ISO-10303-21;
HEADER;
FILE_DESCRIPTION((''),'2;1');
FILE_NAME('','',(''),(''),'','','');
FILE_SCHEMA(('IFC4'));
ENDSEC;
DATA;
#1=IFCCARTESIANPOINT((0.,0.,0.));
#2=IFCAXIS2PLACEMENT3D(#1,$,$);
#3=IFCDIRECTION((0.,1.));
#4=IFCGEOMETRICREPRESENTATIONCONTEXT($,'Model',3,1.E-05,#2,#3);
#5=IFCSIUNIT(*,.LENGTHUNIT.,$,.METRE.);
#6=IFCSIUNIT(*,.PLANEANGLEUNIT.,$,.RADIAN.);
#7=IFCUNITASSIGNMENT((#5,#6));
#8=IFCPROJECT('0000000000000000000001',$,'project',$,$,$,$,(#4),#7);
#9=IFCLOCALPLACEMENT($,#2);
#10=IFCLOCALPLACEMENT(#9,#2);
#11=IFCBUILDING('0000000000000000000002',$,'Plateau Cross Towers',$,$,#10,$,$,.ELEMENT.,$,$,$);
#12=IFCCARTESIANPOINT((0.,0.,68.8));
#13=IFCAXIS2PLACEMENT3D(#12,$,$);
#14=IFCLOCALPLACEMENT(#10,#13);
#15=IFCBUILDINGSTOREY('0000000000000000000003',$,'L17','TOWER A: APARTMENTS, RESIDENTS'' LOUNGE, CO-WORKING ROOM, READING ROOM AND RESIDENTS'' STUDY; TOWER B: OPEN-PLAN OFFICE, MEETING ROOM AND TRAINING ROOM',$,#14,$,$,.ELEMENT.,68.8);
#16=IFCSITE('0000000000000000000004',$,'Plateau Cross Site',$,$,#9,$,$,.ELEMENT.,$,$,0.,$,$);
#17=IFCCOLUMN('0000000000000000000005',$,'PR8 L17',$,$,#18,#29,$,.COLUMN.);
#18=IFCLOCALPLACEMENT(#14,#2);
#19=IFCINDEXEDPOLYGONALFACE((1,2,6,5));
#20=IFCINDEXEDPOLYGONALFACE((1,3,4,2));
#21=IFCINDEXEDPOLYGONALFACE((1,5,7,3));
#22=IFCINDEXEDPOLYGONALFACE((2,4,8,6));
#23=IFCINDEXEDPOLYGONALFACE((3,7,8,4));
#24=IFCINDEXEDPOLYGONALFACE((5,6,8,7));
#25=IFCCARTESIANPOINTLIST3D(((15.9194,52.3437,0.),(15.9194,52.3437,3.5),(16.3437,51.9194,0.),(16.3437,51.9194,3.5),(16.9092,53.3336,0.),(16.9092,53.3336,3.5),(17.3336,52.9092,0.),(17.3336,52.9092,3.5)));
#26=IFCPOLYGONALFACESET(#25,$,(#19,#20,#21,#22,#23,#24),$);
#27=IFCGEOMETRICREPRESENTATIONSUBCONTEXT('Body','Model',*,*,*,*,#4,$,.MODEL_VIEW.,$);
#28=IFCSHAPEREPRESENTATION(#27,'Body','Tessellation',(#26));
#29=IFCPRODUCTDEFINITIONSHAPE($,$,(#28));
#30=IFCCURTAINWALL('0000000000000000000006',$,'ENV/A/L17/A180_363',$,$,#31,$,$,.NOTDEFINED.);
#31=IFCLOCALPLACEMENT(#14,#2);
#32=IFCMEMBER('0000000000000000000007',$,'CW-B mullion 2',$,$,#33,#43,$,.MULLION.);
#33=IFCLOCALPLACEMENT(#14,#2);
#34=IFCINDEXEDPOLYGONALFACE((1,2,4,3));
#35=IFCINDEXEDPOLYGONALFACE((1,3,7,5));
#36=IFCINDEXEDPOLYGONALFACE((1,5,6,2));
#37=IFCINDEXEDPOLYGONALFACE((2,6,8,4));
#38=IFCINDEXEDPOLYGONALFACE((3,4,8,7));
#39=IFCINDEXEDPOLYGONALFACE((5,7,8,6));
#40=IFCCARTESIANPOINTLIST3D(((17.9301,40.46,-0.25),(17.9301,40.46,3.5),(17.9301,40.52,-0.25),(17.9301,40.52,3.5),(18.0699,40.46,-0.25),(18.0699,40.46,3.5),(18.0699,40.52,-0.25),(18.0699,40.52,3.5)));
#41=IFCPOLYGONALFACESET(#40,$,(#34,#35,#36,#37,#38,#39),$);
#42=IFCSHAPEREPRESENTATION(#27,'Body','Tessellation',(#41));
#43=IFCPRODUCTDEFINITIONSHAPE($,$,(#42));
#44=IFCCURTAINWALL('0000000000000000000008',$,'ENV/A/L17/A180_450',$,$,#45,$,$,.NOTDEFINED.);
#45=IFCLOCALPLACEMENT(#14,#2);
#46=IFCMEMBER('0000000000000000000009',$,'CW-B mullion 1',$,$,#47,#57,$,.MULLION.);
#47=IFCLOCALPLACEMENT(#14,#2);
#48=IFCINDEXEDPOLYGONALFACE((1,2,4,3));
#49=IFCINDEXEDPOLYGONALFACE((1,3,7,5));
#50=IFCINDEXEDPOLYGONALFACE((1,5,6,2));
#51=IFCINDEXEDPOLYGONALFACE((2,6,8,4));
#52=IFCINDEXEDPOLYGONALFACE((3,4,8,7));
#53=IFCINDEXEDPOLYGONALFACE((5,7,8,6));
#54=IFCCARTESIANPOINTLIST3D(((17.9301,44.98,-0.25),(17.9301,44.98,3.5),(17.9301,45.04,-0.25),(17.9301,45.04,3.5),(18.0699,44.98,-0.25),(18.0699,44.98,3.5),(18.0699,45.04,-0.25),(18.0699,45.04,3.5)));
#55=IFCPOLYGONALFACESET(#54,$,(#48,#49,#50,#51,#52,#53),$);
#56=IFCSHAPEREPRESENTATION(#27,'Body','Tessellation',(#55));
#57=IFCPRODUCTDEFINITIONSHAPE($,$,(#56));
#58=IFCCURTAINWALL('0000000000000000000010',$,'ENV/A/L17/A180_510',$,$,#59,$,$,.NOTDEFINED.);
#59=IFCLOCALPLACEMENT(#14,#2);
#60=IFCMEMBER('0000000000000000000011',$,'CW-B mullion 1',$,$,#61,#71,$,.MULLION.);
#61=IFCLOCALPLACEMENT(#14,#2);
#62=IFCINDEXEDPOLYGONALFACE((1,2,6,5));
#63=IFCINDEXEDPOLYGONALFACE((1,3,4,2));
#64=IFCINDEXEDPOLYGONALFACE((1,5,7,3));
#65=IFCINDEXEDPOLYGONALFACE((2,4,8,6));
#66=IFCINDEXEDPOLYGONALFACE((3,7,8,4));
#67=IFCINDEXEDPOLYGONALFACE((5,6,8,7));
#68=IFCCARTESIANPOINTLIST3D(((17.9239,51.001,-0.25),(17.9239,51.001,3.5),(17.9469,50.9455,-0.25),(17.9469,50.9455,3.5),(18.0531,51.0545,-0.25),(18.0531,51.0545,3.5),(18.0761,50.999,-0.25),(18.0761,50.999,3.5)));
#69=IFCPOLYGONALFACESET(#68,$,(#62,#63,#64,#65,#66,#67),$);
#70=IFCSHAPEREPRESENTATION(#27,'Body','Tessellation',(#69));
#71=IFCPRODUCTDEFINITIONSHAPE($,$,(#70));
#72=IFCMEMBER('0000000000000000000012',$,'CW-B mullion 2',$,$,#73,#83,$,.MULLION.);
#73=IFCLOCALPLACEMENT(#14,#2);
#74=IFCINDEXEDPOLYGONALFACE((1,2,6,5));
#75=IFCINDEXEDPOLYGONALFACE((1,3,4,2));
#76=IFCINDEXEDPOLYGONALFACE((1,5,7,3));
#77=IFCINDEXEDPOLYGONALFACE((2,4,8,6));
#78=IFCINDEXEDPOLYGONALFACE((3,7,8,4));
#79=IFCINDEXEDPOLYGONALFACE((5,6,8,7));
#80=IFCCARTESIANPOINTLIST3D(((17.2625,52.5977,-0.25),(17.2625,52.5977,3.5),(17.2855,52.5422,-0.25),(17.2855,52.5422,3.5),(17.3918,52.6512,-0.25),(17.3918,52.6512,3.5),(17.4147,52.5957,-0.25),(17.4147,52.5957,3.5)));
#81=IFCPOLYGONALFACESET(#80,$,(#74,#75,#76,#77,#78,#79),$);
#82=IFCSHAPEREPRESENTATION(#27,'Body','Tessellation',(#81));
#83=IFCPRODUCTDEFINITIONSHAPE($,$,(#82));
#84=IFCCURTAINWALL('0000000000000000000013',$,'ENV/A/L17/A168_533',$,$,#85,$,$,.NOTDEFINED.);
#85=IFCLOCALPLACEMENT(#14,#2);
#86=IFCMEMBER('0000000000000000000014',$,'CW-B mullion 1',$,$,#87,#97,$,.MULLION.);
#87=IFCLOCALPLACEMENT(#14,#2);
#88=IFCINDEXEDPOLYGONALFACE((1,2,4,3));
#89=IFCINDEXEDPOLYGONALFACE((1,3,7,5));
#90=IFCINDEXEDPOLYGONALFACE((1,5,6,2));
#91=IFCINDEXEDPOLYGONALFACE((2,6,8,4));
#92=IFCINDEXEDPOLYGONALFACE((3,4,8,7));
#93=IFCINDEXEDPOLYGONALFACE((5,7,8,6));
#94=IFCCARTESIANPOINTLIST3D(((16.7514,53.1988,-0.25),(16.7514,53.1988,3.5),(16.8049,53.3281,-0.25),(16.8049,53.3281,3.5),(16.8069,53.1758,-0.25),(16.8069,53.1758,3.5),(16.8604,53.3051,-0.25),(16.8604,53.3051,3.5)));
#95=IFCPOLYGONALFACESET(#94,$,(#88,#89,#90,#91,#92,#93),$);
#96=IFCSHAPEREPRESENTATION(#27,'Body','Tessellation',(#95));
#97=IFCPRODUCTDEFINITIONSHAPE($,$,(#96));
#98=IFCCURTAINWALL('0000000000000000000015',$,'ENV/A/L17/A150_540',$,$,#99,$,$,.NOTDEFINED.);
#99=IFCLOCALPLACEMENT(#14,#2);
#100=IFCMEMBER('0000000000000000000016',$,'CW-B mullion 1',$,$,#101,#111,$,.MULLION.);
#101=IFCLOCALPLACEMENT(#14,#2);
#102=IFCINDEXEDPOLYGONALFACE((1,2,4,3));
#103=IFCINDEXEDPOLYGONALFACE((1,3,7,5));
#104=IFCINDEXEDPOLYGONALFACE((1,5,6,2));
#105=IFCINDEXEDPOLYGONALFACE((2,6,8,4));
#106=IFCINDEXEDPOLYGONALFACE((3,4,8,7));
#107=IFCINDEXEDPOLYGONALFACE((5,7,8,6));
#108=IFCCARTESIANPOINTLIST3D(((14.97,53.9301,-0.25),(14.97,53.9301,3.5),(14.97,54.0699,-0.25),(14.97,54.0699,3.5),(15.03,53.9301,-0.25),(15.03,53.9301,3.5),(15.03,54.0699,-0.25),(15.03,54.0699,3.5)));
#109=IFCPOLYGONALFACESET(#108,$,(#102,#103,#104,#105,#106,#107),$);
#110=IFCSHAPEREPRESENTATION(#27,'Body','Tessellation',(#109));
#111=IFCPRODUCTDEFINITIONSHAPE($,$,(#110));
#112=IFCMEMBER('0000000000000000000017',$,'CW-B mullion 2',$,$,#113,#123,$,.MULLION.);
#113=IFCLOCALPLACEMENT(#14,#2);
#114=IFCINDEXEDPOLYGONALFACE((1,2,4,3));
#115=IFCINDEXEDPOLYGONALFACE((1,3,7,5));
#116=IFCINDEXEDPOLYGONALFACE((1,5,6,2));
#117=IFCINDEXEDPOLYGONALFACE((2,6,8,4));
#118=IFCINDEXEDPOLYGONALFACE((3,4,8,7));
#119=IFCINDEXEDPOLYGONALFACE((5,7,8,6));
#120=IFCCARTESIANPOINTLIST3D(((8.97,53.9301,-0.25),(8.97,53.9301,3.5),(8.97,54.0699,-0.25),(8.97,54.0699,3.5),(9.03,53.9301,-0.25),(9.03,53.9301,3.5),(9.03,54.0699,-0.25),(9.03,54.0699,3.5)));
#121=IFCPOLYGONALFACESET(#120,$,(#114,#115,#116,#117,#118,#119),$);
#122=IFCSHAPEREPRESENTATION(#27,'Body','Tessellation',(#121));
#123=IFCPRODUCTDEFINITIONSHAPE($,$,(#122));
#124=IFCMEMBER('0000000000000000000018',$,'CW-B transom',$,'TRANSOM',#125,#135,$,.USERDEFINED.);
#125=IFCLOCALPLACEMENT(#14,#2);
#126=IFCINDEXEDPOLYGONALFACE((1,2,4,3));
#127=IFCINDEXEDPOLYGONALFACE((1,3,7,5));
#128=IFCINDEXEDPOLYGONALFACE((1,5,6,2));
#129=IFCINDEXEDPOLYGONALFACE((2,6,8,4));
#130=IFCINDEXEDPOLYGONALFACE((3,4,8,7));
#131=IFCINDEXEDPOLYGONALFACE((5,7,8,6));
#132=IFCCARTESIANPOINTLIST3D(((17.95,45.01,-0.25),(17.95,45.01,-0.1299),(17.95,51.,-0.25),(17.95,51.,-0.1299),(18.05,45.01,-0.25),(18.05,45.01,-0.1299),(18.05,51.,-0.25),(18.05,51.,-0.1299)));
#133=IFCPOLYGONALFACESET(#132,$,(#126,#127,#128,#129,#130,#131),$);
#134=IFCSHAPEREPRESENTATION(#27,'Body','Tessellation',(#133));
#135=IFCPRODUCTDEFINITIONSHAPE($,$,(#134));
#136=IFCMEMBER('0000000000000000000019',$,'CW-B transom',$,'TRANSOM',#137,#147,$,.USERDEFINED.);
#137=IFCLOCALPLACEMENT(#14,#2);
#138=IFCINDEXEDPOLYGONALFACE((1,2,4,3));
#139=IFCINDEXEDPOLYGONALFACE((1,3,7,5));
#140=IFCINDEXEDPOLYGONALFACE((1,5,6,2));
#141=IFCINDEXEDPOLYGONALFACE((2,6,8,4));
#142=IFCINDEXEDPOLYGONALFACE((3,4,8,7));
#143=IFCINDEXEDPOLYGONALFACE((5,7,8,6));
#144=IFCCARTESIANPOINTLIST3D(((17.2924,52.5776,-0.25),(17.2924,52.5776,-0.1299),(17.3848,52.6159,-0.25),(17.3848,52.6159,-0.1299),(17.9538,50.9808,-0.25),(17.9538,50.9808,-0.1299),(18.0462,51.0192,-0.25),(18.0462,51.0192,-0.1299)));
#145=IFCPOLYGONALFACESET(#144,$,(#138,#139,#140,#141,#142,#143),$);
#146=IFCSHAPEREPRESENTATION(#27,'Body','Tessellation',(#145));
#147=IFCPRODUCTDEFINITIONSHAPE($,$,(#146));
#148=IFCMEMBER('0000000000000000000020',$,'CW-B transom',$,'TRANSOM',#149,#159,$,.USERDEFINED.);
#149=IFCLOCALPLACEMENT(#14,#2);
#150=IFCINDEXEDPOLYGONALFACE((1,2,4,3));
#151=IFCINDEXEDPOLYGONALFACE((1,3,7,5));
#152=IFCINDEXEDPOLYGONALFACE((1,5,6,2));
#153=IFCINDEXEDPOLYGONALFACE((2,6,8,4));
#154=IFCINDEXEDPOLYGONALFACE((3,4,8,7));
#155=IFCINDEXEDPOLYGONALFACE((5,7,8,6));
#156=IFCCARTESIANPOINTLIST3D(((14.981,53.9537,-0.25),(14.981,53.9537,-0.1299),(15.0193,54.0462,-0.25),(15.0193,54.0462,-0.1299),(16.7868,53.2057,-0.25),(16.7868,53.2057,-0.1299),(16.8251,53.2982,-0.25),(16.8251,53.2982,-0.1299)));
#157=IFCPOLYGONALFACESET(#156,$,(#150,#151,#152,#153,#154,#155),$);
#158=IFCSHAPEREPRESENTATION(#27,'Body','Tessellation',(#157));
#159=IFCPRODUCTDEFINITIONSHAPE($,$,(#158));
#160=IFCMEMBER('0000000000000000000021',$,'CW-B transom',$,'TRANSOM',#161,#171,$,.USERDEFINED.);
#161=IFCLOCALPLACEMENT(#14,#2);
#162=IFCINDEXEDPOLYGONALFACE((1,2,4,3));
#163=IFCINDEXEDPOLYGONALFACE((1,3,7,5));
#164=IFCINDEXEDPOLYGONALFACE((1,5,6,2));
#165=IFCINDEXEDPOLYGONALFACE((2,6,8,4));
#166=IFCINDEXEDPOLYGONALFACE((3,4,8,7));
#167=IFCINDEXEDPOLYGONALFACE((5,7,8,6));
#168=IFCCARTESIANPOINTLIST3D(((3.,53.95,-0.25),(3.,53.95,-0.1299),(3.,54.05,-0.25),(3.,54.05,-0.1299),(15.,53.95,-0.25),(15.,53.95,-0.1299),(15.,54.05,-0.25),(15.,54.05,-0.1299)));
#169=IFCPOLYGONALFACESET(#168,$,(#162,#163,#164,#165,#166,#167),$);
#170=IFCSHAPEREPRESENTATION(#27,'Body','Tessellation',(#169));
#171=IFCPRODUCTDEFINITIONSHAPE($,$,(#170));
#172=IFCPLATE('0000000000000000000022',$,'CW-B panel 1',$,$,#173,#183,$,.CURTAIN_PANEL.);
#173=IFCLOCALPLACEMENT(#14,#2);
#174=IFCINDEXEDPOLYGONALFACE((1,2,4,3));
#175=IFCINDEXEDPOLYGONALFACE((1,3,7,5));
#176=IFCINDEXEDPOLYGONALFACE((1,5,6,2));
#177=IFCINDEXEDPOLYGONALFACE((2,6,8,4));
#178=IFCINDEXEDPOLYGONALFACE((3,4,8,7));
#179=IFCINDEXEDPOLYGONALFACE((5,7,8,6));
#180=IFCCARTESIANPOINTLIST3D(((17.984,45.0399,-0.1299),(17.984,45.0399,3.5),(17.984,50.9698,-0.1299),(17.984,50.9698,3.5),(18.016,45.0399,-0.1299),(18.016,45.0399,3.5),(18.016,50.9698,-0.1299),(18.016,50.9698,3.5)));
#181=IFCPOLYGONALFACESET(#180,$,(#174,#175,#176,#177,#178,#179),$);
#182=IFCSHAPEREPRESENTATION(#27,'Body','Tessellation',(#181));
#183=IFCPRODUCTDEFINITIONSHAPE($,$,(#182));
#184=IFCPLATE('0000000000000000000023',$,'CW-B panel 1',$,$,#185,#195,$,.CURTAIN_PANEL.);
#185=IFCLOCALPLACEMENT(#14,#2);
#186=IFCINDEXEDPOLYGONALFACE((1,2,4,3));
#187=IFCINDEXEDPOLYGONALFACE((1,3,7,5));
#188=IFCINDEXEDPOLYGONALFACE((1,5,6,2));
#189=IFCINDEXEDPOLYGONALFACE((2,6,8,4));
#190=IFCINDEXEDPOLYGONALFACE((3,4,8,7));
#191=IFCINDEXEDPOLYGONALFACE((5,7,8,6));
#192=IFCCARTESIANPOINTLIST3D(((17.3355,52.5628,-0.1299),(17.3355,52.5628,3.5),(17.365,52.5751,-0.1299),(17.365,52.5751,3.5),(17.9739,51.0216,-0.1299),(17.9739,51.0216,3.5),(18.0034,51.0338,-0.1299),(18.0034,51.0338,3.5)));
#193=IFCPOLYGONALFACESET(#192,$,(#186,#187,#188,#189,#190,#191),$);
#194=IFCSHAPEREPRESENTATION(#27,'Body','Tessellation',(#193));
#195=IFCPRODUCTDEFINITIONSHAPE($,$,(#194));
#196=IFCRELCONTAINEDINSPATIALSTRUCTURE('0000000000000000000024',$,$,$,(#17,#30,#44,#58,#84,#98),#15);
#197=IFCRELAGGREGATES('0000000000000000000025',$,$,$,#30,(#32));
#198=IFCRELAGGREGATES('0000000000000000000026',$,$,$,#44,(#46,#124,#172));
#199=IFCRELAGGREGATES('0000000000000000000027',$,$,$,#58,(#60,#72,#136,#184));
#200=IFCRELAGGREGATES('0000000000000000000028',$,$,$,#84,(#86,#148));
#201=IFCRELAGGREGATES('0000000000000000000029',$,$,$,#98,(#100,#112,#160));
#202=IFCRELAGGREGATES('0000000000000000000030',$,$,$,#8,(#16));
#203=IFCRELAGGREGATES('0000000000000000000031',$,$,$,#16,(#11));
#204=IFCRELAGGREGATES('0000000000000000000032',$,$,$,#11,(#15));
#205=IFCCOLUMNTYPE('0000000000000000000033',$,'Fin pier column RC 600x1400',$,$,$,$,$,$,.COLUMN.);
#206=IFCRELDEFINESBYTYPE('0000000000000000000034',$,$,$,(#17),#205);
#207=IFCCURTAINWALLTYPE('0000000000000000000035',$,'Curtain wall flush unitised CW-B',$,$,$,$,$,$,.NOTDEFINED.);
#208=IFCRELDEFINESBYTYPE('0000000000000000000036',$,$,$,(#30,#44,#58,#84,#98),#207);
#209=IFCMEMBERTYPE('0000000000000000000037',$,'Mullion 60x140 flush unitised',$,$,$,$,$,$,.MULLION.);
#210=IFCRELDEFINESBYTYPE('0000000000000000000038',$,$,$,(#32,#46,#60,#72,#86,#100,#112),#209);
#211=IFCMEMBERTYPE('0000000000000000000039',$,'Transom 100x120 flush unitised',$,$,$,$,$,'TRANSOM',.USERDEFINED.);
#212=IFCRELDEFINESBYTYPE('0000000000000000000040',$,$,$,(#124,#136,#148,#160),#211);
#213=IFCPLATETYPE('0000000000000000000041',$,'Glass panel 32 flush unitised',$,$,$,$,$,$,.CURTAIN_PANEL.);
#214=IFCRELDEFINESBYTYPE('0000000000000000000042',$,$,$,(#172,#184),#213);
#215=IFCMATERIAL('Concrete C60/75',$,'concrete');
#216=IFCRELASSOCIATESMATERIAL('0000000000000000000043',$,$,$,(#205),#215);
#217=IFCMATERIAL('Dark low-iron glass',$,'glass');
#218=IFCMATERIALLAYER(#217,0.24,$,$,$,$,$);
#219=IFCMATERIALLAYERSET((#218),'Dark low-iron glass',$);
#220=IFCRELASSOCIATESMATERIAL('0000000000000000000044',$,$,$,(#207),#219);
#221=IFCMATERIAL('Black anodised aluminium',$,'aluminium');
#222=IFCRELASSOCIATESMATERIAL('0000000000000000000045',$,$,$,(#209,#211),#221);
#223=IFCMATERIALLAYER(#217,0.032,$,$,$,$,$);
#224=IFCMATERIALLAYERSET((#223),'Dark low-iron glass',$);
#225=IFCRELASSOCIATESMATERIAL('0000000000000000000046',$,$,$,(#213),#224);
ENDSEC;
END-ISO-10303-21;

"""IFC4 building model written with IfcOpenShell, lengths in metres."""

from ifc_helpers import new_model, si_unit, direction, frame, origin, origin_2d, place, context, subcontext, project, spatial, rectangle, extrude, material, layer, layer_set, material_profile, profile_set, type_object, element, aggregate, save


model = new_model("IFC4")

# Units and contexts
model_context = context("Model", 3, precision=1e-05, world=origin(), true_north=direction((0.0, 1.0)))
body_context = subcontext(model_context, "Body", "Model", "MODEL_VIEW")
ifc_project = project(units=[si_unit("LENGTHUNIT", "METRE"), si_unit("PLANEANGLEUNIT", "RADIAN")], contexts=[model_context])

# Site, building, storey
site_placement = place(None, origin())
site = spatial("IfcSite", under=ifc_project, at=site_placement, Name="Plateau Cross Site", CompositionType="ELEMENT", RefElevation=0.0)
building_placement = place(site_placement, origin())
building = spatial("IfcBuilding", under=site, at=building_placement, Name="Plateau Cross Towers", CompositionType="ELEMENT")
storey_placement = place(building_placement, frame((0.0, 0.0, 68.8)))
storey = spatial("IfcBuildingStorey", under=building, at=storey_placement, Name="L17", Description="TOWER A: APARTMENTS, RESIDENTS' LOUNGE, CO-WORKING ROOM, READING ROOM AND RESIDENTS' STUDY; TOWER B: OPEN-PLAN OFFICE, MEETING ROOM AND TRAINING ROOM", CompositionType="ELEMENT", Elevation=68.8)

# Column
ifc_material_1 = material(Name="Concrete C60/75", Category="concrete")
ifc_material_profile_1 = material_profile(ifc_material_1, rectangle(XDim=0.6001, YDim=1.3999, at=origin_2d()), Name="RC 600x1400")
ifc_profile_set_1 = profile_set([ifc_material_profile_1], Name="Concrete C60/75")
column_type = type_object("IfcColumnType", Name="Fin pier column RC 600x1400", PredefinedType="COLUMN", material=ifc_profile_set_1)
column_placement = place(storey_placement, frame((16.6265, 52.6265, 0.0), z_axis=(0.0, 0.0, 1.0), x_axis=(-0.707107, 0.707107, 0.0)))
element("IfcColumn", 1, at=column_placement, inside=storey, type_object=column_type, Name="PR8 L17", PredefinedType="COLUMN", context=body_context, shape_type="SweptSolid", body=[
    extrude(rectangle(XDim=0.6001, YDim=1.3999, at=origin_2d()), origin(), (0.0, 0.0, 1.0), 3.5),
])

# Curtain walls, members
ifc_material_2 = material(Name="Dark low-iron glass", Category="glass")
ifc_layer_1 = layer(ifc_material_2, 0.24)
ifc_layer_set_1 = layer_set([ifc_layer_1], Name="Dark low-iron glass")
curtain_wall_type = type_object("IfcCurtainWallType", Name="Curtain wall flush unitised CW-B", PredefinedType="NOTDEFINED", material=ifc_layer_set_1)
curtain_wall_1_placement = place(storey_placement, origin())
curtain_wall_1 = element("IfcCurtainWall", 2, at=curtain_wall_1_placement, inside=storey, type_object=curtain_wall_type, Name="ENV/A/L17/A180_363", PredefinedType="NOTDEFINED")
ifc_material_3 = material(Name="Black anodised aluminium", Category="aluminium")
ifc_material_profile_2 = material_profile(ifc_material_3, rectangle(XDim=0.0601, YDim=0.1399, at=origin_2d()), Name="MULLION 60x140")
ifc_profile_set_2 = profile_set([ifc_material_profile_2], Name="Black anodised aluminium")
member_type_1 = type_object("IfcMemberType", Name="Mullion 60x140 flush unitised", PredefinedType="MULLION", material=ifc_profile_set_2)
member_1_placement = place(storey_placement, frame((18.0, 40.49, -0.25), z_axis=(0.0, 0.0, 1.0), x_axis=(0.0, 1.0, 0.0)))
member_1 = element("IfcMember", 3, at=member_1_placement, type_object=member_type_1, Name="CW-B mullion 2", PredefinedType="MULLION", context=body_context, shape_type="SweptSolid", body=[
    extrude(rectangle(XDim=0.0601, YDim=0.1399, at=origin_2d()), origin(), (0.0, 0.0, 1.0), 3.75),
])
aggregate(curtain_wall_1, [member_1])
curtain_wall_2_placement = place(storey_placement, origin())
curtain_wall_2 = element("IfcCurtainWall", 4, at=curtain_wall_2_placement, inside=storey, type_object=curtain_wall_type, Name="ENV/A/L17/A180_450", PredefinedType="NOTDEFINED")
member_2_placement = place(storey_placement, frame((18.0, 45.01, -0.25), z_axis=(0.0, 0.0, 1.0), x_axis=(0.0, 1.0, 0.0)))
member_2 = element("IfcMember", 5, at=member_2_placement, type_object=member_type_1, Name="CW-B mullion 1", PredefinedType="MULLION", context=body_context, shape_type="SweptSolid", body=[
    extrude(rectangle(XDim=0.0601, YDim=0.1399, at=origin_2d()), origin(), (0.0, 0.0, 1.0), 3.75),
])

# Curtain wall, members
curtain_wall_3_placement = place(storey_placement, origin())
curtain_wall_3 = element("IfcCurtainWall", 6, at=curtain_wall_3_placement, inside=storey, type_object=curtain_wall_type, Name="ENV/A/L17/A180_510", PredefinedType="NOTDEFINED")
member_3_placement = place(storey_placement, frame((18.0, 51.0, -0.25), z_axis=(0.0, 0.0, 1.0), x_axis=(-0.382684, 0.923879, 0.0)))
member_3 = element("IfcMember", 7, at=member_3_placement, type_object=member_type_1, Name="CW-B mullion 1", PredefinedType="MULLION", context=body_context, shape_type="SweptSolid", body=[
    extrude(rectangle(XDim=0.0601, YDim=0.1399, at=origin_2d()), origin(), (0.0, 0.0, 1.0), 3.75),
])
member_4_placement = place(storey_placement, frame((17.3386, 52.5967, -0.25), z_axis=(0.0, 0.0, 1.0), x_axis=(-0.382684, 0.923879, 0.0)))
member_4 = element("IfcMember", 8, at=member_4_placement, type_object=member_type_1, Name="CW-B mullion 2", PredefinedType="MULLION", context=body_context, shape_type="SweptSolid", body=[
    extrude(rectangle(XDim=0.0601, YDim=0.1399, at=origin_2d()), origin(), (0.0, 0.0, 1.0), 3.75),
])

# Curtain wall, member
curtain_wall_4_placement = place(storey_placement, origin())
curtain_wall_4 = element("IfcCurtainWall", 9, at=curtain_wall_4_placement, inside=storey, type_object=curtain_wall_type, Name="ENV/A/L17/A168_533", PredefinedType="NOTDEFINED")
member_5_placement = place(storey_placement, frame((16.8059, 53.252, -0.25), z_axis=(0.0, 0.0, 1.0), x_axis=(-0.923879, 0.382684, 0.0)))
member_5 = element("IfcMember", 10, at=member_5_placement, type_object=member_type_1, Name="CW-B mullion 1", PredefinedType="MULLION", context=body_context, shape_type="SweptSolid", body=[
    extrude(rectangle(XDim=0.0601, YDim=0.1399, at=origin_2d()), origin(), (0.0, 0.0, 1.0), 3.75),
])

# Curtain wall, members
curtain_wall_5_placement = place(storey_placement, origin())
curtain_wall_5 = element("IfcCurtainWall", 11, at=curtain_wall_5_placement, inside=storey, type_object=curtain_wall_type, Name="ENV/A/L17/A150_540", PredefinedType="NOTDEFINED")
member_6_placement = place(storey_placement, frame((15.0, 54.0, -0.25), z_axis=(0.0, 0.0, 1.0), x_axis=(-1.0, 0.0, 0.0)))
member_6 = element("IfcMember", 12, at=member_6_placement, type_object=member_type_1, Name="CW-B mullion 1", PredefinedType="MULLION", context=body_context, shape_type="SweptSolid", body=[
    extrude(rectangle(XDim=0.0601, YDim=0.1399, at=origin_2d()), origin(), (0.0, 0.0, 1.0), 3.75),
])
member_7_placement = place(storey_placement, frame((9.0, 54.0, -0.25), z_axis=(0.0, 0.0, 1.0), x_axis=(-1.0, 0.0, 0.0)))
member_7 = element("IfcMember", 13, at=member_7_placement, type_object=member_type_1, Name="CW-B mullion 2", PredefinedType="MULLION", context=body_context, shape_type="SweptSolid", body=[
    extrude(rectangle(XDim=0.0601, YDim=0.1399, at=origin_2d()), origin(), (0.0, 0.0, 1.0), 3.75),
])

# Members
ifc_material_profile_3 = material_profile(ifc_material_3, rectangle(XDim=0.1001, YDim=0.1201, at=origin_2d()), Name="TRANSOM 100x120")
ifc_profile_set_3 = profile_set([ifc_material_profile_3], Name="Black anodised aluminium")
member_type_2 = type_object("IfcMemberType", Name="Transom 100x120 flush unitised", ElementType="TRANSOM", PredefinedType="USERDEFINED", material=ifc_profile_set_3)
member_8_placement = place(storey_placement, frame((18.0, 45.01, -0.1899), z_axis=(0.0, 1.0, 0.0), x_axis=(-1.0, 0.0, 0.0)))
member_8 = element("IfcMember", 14, at=member_8_placement, type_object=member_type_2, Name="CW-B transom", ObjectType="TRANSOM", PredefinedType="USERDEFINED", context=body_context, shape_type="SweptSolid", body=[
    extrude(rectangle(XDim=0.1001, YDim=0.1201, at=origin_2d()), origin(), (0.0, 0.0, 1.0), 5.99),
])
member_9_placement = place(storey_placement, frame((18.0, 51.0, -0.1899), z_axis=(-0.382689, 0.923877, 0.0), x_axis=(-0.923877, -0.382689, 0.0)))
member_9 = element("IfcMember", 15, at=member_9_placement, type_object=member_type_2, Name="CW-B transom", ObjectType="TRANSOM", PredefinedType="USERDEFINED", context=body_context, shape_type="SweptSolid", body=[
    extrude(rectangle(XDim=0.1001, YDim=0.1201, at=origin_2d()), origin(), (0.0, 0.0, 1.0), 1.7283),
])
member_10_placement = place(storey_placement, frame((16.8059, 53.252, -0.1899), z_axis=(-0.923877, 0.38269, 0.0), x_axis=(-0.38269, -0.923877, 0.0)))
member_10 = element("IfcMember", 16, at=member_10_placement, type_object=member_type_2, Name="CW-B transom", ObjectType="TRANSOM", PredefinedType="USERDEFINED", context=body_context, shape_type="SweptSolid", body=[
    extrude(rectangle(XDim=0.1001, YDim=0.1201, at=origin_2d()), origin(), (0.0, 0.0, 1.0), 1.9546),
])
member_11_placement = place(storey_placement, frame((15.0, 54.0, -0.1899), z_axis=(-1.0, 0.0, 0.0), x_axis=(0.0, -1.0, 0.0)))
member_11 = element("IfcMember", 17, at=member_11_placement, type_object=member_type_2, Name="CW-B transom", ObjectType="TRANSOM", PredefinedType="USERDEFINED", context=body_context, shape_type="SweptSolid", body=[
    extrude(rectangle(XDim=0.1001, YDim=0.1201, at=origin_2d()), origin(), (0.0, 0.0, 1.0), 12.0),
])

# Plates
ifc_layer_2 = layer(ifc_material_2, 0.032)
ifc_layer_set_2 = layer_set([ifc_layer_2], Name="Dark low-iron glass")
plate_type = type_object("IfcPlateType", Name="Glass panel 32 flush unitised", PredefinedType="CURTAIN_PANEL", material=ifc_layer_set_2)
plate_1_placement = place(storey_placement, frame((18.0, 48.0049, -0.1299), z_axis=(0.0, 0.0, 1.0), x_axis=(0.0, 1.0, 0.0)))
plate_1 = element("IfcPlate", 18, at=plate_1_placement, type_object=plate_type, Name="CW-B panel 1", PredefinedType="CURTAIN_PANEL", context=body_context, shape_type="SweptSolid", body=[
    extrude(rectangle(XDim=5.9299, YDim=0.032, at=origin_2d()), origin(), (0.0, 0.0, 1.0), 3.6299),
])
aggregate(curtain_wall_2, [member_2, member_8, plate_1])
plate_2_placement = place(storey_placement, frame((17.6694, 51.7983, -0.1299), z_axis=(0.0, 0.0, 1.0), x_axis=(-0.382684, 0.923879, 0.0)))
plate_2 = element("IfcPlate", 19, at=plate_2_placement, type_object=plate_type, Name="CW-B panel 1", PredefinedType="CURTAIN_PANEL", context=body_context, shape_type="SweptSolid", body=[
    extrude(rectangle(XDim=1.6682, YDim=0.032, at=origin_2d()), origin(), (0.0, 0.0, 1.0), 3.6299),
])
aggregate(curtain_wall_3, [member_3, member_4, member_9, plate_2])
aggregate(curtain_wall_4, [member_5, member_10])
aggregate(curtain_wall_5, [member_6, member_7, member_11])

save(model, "model.ifc")
